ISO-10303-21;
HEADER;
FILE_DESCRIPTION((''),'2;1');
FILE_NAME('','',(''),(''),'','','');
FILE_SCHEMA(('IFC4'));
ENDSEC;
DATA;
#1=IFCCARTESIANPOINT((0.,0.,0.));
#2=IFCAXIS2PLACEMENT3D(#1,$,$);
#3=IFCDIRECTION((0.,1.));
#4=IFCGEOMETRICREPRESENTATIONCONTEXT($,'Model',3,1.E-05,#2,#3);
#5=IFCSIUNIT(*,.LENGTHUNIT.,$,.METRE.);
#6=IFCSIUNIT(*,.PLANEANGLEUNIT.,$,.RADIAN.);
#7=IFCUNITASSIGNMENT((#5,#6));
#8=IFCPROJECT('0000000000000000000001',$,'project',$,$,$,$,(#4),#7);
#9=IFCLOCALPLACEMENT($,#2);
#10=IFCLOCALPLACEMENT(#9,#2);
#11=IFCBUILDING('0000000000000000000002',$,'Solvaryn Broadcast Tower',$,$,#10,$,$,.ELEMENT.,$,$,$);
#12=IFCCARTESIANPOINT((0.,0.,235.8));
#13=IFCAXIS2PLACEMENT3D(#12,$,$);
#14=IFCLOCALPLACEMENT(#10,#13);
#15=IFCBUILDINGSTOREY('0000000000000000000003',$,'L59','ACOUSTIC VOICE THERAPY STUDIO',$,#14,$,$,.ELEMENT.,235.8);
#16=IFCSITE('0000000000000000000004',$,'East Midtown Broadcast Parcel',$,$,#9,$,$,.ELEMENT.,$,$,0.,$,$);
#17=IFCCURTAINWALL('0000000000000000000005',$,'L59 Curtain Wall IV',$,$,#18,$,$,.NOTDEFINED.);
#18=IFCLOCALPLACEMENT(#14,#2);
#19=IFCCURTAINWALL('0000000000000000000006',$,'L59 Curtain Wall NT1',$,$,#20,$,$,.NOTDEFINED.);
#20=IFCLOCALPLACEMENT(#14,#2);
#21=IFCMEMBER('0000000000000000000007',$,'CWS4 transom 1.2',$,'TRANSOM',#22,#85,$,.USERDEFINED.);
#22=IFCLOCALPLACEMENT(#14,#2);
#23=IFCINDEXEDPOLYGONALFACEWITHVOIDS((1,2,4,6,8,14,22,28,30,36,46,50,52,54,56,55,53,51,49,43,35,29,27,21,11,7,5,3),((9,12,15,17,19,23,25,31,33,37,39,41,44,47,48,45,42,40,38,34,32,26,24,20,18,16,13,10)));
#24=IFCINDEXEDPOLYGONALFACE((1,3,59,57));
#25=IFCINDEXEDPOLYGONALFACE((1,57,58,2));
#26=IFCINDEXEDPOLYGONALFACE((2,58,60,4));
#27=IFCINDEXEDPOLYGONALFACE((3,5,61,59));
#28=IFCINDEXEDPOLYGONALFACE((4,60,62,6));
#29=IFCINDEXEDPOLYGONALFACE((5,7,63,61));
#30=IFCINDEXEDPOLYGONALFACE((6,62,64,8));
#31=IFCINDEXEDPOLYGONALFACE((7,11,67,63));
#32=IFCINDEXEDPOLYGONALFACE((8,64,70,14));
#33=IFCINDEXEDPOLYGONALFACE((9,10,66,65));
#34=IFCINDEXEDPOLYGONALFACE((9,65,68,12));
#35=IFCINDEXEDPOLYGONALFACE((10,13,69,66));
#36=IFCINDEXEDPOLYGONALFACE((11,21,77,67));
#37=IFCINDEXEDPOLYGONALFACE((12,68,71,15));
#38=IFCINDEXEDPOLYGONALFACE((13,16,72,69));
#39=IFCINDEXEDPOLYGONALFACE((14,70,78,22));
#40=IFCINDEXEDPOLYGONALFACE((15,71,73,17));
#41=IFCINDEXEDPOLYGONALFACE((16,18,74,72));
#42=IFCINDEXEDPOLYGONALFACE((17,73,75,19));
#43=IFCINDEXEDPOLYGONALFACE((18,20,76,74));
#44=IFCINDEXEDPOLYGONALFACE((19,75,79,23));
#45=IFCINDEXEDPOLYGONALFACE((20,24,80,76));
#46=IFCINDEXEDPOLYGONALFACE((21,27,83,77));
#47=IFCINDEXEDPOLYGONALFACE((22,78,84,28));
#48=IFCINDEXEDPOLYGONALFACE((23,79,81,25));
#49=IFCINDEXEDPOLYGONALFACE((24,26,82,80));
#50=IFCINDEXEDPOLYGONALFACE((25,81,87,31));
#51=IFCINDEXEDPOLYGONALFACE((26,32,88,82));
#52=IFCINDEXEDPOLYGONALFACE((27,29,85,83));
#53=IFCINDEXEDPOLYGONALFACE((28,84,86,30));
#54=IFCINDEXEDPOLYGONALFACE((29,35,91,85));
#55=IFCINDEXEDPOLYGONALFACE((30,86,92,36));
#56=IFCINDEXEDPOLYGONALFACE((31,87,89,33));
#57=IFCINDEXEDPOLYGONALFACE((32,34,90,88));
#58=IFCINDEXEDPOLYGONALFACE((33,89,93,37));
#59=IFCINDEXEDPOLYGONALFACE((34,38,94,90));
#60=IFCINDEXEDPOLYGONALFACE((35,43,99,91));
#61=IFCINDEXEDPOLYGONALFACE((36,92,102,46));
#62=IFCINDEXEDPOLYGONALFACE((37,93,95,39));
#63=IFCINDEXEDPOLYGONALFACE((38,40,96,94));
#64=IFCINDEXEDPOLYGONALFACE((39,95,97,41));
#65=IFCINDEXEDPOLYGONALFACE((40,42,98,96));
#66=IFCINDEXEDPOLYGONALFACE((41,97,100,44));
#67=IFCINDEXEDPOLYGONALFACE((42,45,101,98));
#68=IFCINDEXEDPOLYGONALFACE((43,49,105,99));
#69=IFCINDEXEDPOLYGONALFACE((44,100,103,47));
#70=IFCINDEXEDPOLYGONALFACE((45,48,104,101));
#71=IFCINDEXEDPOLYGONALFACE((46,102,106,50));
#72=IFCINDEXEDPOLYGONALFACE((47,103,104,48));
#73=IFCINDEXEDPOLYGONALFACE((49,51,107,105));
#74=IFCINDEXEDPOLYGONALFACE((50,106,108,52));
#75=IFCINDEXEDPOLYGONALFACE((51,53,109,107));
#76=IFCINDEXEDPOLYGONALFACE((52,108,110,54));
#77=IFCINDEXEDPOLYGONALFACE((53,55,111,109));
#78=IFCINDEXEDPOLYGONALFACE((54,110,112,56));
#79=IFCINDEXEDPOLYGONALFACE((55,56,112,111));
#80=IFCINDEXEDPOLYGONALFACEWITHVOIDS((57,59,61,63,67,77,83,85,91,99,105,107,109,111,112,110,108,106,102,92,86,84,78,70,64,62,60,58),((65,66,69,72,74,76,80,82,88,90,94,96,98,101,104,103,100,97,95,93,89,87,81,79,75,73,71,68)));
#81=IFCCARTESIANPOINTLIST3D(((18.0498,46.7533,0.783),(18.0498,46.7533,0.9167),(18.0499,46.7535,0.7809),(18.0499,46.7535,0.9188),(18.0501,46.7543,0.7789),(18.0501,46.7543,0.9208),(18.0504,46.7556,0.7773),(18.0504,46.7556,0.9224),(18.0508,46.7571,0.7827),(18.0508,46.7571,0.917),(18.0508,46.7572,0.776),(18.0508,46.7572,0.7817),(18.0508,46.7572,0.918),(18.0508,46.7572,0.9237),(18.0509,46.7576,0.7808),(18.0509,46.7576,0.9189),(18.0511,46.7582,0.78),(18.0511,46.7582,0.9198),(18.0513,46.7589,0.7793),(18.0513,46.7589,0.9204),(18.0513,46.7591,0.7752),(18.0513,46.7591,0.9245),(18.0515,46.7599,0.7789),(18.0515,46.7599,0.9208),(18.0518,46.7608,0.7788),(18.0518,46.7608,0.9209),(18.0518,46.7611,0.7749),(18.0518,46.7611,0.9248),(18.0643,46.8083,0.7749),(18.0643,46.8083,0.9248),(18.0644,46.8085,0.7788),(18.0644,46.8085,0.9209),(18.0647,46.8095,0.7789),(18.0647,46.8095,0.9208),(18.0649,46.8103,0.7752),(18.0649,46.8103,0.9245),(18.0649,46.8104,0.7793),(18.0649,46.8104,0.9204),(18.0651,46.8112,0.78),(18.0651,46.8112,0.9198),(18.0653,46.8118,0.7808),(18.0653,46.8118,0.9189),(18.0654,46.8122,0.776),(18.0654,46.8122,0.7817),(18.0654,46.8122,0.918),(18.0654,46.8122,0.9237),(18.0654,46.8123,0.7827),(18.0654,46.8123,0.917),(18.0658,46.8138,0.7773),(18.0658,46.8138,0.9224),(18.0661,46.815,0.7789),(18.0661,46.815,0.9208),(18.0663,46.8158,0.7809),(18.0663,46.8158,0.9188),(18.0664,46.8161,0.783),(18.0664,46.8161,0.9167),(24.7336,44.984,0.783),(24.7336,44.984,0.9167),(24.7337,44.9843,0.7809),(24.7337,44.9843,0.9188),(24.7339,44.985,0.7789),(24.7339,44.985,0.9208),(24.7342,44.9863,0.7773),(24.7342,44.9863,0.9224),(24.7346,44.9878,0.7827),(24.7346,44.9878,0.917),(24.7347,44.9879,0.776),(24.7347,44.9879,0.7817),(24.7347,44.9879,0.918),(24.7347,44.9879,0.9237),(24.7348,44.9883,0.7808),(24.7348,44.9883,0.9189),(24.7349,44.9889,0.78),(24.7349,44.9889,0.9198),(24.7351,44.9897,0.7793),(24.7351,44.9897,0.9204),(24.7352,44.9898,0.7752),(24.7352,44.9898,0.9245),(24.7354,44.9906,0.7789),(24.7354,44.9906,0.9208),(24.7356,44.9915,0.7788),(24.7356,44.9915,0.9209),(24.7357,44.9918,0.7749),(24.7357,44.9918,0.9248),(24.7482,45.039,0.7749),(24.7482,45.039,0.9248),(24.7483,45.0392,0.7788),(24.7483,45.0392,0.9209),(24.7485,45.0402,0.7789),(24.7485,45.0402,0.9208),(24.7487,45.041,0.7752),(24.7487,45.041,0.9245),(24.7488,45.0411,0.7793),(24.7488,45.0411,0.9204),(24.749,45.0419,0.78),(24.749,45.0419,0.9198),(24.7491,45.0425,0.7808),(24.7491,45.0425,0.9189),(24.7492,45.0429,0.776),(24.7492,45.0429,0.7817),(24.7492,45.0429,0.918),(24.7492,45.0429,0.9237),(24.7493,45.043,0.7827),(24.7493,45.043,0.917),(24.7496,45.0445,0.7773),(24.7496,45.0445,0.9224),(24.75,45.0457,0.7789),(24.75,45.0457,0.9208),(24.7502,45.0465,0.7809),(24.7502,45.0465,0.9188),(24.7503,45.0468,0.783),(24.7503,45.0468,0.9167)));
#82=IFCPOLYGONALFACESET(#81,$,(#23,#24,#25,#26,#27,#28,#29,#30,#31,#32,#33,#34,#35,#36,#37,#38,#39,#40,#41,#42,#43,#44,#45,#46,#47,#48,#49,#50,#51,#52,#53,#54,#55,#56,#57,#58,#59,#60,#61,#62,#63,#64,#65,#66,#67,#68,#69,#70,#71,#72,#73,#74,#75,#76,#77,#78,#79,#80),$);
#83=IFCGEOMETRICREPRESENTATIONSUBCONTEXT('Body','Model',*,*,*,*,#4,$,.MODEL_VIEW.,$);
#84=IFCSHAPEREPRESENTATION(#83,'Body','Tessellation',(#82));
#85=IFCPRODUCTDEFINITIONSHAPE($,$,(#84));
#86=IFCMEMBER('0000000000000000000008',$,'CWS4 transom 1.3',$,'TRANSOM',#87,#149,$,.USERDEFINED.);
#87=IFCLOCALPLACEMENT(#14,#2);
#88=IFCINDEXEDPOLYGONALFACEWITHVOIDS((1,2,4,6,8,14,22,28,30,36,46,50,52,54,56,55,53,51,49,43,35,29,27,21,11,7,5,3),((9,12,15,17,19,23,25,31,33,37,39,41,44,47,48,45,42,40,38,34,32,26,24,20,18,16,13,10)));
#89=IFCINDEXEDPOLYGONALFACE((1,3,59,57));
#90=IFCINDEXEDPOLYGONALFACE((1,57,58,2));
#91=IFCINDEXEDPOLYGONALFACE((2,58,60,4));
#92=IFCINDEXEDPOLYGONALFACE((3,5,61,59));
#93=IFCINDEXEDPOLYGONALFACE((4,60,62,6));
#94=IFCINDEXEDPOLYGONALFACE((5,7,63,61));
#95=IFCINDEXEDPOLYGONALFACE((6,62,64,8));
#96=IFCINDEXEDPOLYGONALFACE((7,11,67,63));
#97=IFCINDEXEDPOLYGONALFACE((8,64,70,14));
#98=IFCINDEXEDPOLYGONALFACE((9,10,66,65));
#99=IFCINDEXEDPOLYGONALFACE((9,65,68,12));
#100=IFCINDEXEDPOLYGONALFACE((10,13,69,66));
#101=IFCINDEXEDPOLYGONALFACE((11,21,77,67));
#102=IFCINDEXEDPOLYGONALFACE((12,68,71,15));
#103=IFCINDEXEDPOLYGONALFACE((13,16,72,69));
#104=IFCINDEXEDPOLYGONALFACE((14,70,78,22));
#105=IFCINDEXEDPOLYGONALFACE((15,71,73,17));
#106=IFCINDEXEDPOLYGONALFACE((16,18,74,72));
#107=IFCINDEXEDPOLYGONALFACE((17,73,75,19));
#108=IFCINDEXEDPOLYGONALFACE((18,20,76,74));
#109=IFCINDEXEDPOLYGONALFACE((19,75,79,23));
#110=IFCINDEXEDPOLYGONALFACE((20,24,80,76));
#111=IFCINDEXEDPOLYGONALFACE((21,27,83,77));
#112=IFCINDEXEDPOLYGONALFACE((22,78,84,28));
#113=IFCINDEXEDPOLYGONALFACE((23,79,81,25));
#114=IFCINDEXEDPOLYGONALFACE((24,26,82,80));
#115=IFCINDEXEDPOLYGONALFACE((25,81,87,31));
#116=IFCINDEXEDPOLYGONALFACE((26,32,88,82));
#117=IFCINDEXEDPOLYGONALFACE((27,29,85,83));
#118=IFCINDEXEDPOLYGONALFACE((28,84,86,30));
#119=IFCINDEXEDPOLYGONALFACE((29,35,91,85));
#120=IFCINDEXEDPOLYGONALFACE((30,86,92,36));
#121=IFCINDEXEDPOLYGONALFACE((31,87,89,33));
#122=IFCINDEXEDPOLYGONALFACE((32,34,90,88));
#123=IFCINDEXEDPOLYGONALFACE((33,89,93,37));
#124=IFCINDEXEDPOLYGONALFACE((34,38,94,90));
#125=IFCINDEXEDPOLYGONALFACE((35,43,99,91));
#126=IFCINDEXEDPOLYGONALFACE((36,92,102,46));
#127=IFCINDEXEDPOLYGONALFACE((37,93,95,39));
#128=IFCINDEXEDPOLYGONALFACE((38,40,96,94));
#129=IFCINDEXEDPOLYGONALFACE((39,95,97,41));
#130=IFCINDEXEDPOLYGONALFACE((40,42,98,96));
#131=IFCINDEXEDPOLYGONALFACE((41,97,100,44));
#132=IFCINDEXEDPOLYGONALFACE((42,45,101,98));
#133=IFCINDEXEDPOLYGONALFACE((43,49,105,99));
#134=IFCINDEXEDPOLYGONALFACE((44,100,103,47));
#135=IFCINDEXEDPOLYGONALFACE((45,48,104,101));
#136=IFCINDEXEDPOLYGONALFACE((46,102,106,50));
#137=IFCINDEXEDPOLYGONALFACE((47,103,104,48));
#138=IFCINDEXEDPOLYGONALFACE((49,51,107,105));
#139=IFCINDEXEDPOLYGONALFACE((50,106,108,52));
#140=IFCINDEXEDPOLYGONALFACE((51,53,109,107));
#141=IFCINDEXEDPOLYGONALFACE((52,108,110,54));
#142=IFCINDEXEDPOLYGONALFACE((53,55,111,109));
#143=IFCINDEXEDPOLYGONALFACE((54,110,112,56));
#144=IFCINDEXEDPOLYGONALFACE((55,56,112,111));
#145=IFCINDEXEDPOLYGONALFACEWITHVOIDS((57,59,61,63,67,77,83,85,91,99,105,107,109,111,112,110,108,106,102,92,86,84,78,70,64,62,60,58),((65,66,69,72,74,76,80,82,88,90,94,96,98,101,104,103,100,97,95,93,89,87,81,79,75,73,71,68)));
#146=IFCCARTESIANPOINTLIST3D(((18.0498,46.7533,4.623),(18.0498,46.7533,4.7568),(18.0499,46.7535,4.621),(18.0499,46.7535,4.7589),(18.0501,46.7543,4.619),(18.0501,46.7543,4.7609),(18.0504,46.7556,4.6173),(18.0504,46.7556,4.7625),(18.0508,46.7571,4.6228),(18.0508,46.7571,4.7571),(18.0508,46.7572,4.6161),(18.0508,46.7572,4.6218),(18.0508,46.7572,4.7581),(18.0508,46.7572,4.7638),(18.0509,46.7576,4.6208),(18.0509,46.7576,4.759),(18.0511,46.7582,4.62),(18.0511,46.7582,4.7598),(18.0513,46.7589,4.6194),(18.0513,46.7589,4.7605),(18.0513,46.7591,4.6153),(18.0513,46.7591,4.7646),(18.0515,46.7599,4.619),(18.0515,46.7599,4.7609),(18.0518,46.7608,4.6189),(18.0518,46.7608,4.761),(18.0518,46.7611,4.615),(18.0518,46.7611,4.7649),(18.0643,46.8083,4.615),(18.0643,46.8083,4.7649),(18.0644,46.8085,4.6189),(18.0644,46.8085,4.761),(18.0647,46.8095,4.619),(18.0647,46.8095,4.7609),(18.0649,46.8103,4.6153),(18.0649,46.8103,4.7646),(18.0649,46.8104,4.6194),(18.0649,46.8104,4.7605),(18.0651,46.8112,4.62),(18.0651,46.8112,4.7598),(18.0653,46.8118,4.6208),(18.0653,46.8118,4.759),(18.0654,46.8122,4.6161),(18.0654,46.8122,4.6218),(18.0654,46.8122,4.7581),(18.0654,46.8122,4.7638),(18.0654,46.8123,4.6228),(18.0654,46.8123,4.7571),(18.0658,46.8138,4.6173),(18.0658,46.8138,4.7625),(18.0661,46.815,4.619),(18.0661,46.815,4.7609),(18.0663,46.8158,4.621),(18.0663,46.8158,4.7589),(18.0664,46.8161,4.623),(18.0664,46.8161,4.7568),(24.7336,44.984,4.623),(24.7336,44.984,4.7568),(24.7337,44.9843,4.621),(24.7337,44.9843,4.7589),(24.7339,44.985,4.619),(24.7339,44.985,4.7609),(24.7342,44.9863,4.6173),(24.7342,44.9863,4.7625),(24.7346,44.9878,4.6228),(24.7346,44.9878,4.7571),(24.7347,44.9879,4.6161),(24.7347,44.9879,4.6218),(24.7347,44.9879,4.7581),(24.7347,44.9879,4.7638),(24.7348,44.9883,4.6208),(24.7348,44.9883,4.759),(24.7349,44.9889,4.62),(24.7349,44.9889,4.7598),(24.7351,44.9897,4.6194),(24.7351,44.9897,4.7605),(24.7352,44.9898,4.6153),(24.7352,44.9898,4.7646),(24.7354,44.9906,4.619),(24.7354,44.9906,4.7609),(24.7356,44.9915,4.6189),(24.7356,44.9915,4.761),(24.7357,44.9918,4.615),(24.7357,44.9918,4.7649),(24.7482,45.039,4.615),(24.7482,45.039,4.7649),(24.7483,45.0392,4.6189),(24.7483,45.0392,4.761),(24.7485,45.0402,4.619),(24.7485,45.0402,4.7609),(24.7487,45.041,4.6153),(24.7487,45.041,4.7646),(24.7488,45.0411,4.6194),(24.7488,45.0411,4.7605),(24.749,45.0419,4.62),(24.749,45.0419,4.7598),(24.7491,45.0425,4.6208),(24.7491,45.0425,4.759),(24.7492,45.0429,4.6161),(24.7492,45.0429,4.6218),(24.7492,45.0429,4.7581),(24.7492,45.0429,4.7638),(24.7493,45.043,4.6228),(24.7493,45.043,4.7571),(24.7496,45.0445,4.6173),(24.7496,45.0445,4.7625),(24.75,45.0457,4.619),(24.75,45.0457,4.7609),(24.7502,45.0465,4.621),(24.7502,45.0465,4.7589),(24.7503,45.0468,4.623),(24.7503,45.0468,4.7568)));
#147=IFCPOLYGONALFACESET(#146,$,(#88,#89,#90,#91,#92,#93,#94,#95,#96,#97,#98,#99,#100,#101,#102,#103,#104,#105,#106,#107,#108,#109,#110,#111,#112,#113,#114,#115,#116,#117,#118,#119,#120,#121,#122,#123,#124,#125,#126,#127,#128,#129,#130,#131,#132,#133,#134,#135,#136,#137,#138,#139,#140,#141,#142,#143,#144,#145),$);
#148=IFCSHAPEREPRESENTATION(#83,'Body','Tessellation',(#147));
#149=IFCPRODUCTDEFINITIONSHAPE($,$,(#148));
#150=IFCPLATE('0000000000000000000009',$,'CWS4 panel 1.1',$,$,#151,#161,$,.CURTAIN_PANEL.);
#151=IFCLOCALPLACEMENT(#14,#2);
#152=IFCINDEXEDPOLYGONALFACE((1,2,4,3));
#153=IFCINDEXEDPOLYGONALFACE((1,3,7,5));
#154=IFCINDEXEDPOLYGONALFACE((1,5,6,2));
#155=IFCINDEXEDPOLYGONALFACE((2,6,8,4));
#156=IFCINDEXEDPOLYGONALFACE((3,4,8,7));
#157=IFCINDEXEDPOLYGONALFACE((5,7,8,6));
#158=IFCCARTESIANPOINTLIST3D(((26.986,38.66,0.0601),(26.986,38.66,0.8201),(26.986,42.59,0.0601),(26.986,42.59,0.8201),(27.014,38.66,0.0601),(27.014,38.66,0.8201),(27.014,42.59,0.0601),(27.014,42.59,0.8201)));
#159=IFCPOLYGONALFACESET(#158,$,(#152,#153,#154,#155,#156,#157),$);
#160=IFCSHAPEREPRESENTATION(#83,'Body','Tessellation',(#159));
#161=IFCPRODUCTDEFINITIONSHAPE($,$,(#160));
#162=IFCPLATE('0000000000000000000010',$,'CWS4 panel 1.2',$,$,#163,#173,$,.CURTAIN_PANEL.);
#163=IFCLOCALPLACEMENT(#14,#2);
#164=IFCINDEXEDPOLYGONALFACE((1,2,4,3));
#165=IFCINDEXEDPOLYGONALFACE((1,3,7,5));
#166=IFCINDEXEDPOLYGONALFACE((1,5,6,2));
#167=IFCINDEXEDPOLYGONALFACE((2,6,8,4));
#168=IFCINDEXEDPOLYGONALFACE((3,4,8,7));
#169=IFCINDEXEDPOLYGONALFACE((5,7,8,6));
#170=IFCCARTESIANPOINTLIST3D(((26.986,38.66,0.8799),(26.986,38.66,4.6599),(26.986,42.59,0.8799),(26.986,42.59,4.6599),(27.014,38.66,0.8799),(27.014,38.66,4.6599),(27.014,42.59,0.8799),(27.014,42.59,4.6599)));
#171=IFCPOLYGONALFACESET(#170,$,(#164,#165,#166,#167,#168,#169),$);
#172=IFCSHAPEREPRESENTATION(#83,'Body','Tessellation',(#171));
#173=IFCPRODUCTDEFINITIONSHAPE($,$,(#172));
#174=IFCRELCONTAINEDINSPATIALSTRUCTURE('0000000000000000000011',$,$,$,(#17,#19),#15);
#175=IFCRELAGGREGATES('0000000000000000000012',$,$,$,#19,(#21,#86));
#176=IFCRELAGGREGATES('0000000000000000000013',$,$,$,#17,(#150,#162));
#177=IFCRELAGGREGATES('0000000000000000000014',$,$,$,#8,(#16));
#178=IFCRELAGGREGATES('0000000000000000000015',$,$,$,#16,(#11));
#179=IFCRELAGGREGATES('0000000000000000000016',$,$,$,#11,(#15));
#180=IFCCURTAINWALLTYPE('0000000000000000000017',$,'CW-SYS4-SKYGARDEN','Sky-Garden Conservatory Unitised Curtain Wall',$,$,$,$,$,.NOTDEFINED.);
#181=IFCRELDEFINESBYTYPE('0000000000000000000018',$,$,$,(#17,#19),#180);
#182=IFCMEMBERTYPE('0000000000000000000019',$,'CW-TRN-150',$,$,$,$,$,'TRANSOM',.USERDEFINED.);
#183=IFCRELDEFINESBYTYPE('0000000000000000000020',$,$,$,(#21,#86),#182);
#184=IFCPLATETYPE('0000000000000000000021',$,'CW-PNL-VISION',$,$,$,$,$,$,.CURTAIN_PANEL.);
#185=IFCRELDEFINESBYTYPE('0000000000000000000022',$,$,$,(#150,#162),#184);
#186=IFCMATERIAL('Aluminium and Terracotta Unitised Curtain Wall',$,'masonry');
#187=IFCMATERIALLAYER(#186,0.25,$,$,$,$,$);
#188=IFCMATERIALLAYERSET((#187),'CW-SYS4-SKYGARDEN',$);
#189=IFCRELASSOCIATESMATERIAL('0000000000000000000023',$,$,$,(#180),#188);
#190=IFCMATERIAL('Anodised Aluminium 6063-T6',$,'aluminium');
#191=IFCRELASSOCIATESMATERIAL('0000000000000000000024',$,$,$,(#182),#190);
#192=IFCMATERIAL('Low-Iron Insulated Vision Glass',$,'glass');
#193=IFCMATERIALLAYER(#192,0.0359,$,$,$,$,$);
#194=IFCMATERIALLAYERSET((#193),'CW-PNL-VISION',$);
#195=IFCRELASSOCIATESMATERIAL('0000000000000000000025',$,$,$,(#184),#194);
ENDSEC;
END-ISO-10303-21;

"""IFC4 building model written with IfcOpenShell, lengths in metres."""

from ifc_helpers import new_model, si_unit, direction, frame, origin, origin_2d, place, context, subcontext, project, spatial, rectangle, hollow_rectangle, extrude, material, layer, layer_set, material_profile, profile_set, type_object, element, aggregate, save


model = new_model("IFC4")

# Units and contexts
model_context = context("Model", 3, precision=1e-05, world=origin(), true_north=direction((0.0, 1.0)))
body_context = subcontext(model_context, "Body", "Model", "MODEL_VIEW")
ifc_project = project(units=[si_unit("LENGTHUNIT", "METRE"), si_unit("PLANEANGLEUNIT", "RADIAN")], contexts=[model_context])

# Site, building, storey
site_placement = place(None, origin())
site = spatial("IfcSite", under=ifc_project, at=site_placement, Name="East Midtown Broadcast Parcel", CompositionType="ELEMENT", RefElevation=0.0)
building_placement = place(site_placement, origin())
building = spatial("IfcBuilding", under=site, at=building_placement, Name="Solvaryn Broadcast Tower", CompositionType="ELEMENT")
storey_placement = place(building_placement, frame((0.0, 0.0, 235.8)))
storey = spatial("IfcBuildingStorey", under=building, at=storey_placement, Name="L59", Description="ACOUSTIC VOICE THERAPY STUDIO", CompositionType="ELEMENT", Elevation=235.8)

# Curtain wall
ifc_material_1 = material(Name="Aluminium and Terracotta Unitised Curtain Wall", Category="masonry")
ifc_layer_1 = layer(ifc_material_1, 0.25)
ifc_layer_set_1 = layer_set([ifc_layer_1], Name="CW-SYS4-SKYGARDEN")
curtain_wall_type = type_object("IfcCurtainWallType", Name="CW-SYS4-SKYGARDEN", Description="Sky-Garden Conservatory Unitised Curtain Wall", PredefinedType="NOTDEFINED", material=ifc_layer_set_1)
curtain_wall_1_placement = place(storey_placement, origin())
curtain_wall_1 = element("IfcCurtainWall", 1, at=curtain_wall_1_placement, inside=storey, type_object=curtain_wall_type, Name="L59 Curtain Wall IV", PredefinedType="NOTDEFINED")

# Curtain wall
curtain_wall_2_placement = place(storey_placement, origin())
curtain_wall_2 = element("IfcCurtainWall", 2, at=curtain_wall_2_placement, inside=storey, type_object=curtain_wall_type, Name="L59 Curtain Wall NT1", PredefinedType="NOTDEFINED")

# Members
ifc_material_2 = material(Name="Anodised Aluminium 6063-T6", Category="aluminium")
ifc_material_profile_1 = material_profile(ifc_material_2, hollow_rectangle(XDim=0.0649, YDim=0.1499, WallThickness=0.0039, InnerFilletRadius=0.0039, OuterFilletRadius=0.0081, at=origin_2d()))
ifc_profile_set_1 = profile_set([ifc_material_profile_1], Name="Anodised Aluminium 6063-T6")
member_type_1 = type_object("IfcMemberType", Name="CW-TRN-150", ElementType="TRANSOM", PredefinedType="USERDEFINED", material=ifc_profile_set_1)
member_1_placement = place(storey_placement, frame((24.7419, 45.0154, 0.8499), z_axis=(-0.966704, 0.255897, 0.0), x_axis=(-0.255897, -0.966704, 0.0)))
member_1 = element("IfcMember", 3, at=member_1_placement, type_object=member_type_1, Name="CWS4 transom 1.2", ObjectType="TRANSOM", PredefinedType="USERDEFINED", context=body_context, shape_type="SweptSolid", body=[
    extrude(hollow_rectangle(XDim=0.0649, YDim=0.1499, WallThickness=0.0039, InnerFilletRadius=0.0039, OuterFilletRadius=0.0081, at=origin_2d()), origin(), (0.0, 0.0, 1.0), 6.9141),
])
member_2_placement = place(storey_placement, frame((24.7419, 45.0154, 4.6899), z_axis=(-0.966704, 0.255897, 0.0), x_axis=(-0.255897, -0.966704, 0.0)))
member_2 = element("IfcMember", 4, at=member_2_placement, type_object=member_type_1, Name="CWS4 transom 1.3", ObjectType="TRANSOM", PredefinedType="USERDEFINED", context=body_context, shape_type="SweptSolid", body=[
    extrude(hollow_rectangle(XDim=0.0649, YDim=0.1499, WallThickness=0.0039, InnerFilletRadius=0.0039, OuterFilletRadius=0.0081, at=origin_2d()), origin(), (0.0, 0.0, 1.0), 6.9141),
])
aggregate(curtain_wall_2, [member_1, member_2])

# Plates
ifc_material_3 = material(Name="Low-Iron Insulated Vision Glass", Category="glass")
ifc_layer_2 = layer(ifc_material_3, 0.0359)
ifc_layer_set_2 = layer_set([ifc_layer_2], Name="CW-PNL-VISION")
plate_type = type_object("IfcPlateType", Name="CW-PNL-VISION", PredefinedType="CURTAIN_PANEL", material=ifc_layer_set_2)
plate_1_placement = place(storey_placement, frame((27.0, 40.625, 0.0601), z_axis=(0.0, 0.0, 1.0), x_axis=(0.0, -1.0, 0.0)))
plate_1 = element("IfcPlate", 5, at=plate_1_placement, type_object=plate_type, Name="CWS4 panel 1.1", PredefinedType="CURTAIN_PANEL", context=body_context, shape_type="SweptSolid", body=[
    extrude(rectangle(XDim=3.9299, YDim=0.0281, at=origin_2d()), origin(), (0.0, 0.0, 1.0), 0.76),
])
plate_2_placement = place(storey_placement, frame((27.0, 40.625, 0.8799), z_axis=(0.0, 0.0, 1.0), x_axis=(0.0, -1.0, 0.0)))
plate_2 = element("IfcPlate", 6, at=plate_2_placement, type_object=plate_type, Name="CWS4 panel 1.2", PredefinedType="CURTAIN_PANEL", context=body_context, shape_type="SweptSolid", body=[
    extrude(rectangle(XDim=3.9299, YDim=0.0281, at=origin_2d()), origin(), (0.0, 0.0, 1.0), 3.78),
])
aggregate(curtain_wall_1, [plate_1, plate_2])

save(model, "model.ifc")
